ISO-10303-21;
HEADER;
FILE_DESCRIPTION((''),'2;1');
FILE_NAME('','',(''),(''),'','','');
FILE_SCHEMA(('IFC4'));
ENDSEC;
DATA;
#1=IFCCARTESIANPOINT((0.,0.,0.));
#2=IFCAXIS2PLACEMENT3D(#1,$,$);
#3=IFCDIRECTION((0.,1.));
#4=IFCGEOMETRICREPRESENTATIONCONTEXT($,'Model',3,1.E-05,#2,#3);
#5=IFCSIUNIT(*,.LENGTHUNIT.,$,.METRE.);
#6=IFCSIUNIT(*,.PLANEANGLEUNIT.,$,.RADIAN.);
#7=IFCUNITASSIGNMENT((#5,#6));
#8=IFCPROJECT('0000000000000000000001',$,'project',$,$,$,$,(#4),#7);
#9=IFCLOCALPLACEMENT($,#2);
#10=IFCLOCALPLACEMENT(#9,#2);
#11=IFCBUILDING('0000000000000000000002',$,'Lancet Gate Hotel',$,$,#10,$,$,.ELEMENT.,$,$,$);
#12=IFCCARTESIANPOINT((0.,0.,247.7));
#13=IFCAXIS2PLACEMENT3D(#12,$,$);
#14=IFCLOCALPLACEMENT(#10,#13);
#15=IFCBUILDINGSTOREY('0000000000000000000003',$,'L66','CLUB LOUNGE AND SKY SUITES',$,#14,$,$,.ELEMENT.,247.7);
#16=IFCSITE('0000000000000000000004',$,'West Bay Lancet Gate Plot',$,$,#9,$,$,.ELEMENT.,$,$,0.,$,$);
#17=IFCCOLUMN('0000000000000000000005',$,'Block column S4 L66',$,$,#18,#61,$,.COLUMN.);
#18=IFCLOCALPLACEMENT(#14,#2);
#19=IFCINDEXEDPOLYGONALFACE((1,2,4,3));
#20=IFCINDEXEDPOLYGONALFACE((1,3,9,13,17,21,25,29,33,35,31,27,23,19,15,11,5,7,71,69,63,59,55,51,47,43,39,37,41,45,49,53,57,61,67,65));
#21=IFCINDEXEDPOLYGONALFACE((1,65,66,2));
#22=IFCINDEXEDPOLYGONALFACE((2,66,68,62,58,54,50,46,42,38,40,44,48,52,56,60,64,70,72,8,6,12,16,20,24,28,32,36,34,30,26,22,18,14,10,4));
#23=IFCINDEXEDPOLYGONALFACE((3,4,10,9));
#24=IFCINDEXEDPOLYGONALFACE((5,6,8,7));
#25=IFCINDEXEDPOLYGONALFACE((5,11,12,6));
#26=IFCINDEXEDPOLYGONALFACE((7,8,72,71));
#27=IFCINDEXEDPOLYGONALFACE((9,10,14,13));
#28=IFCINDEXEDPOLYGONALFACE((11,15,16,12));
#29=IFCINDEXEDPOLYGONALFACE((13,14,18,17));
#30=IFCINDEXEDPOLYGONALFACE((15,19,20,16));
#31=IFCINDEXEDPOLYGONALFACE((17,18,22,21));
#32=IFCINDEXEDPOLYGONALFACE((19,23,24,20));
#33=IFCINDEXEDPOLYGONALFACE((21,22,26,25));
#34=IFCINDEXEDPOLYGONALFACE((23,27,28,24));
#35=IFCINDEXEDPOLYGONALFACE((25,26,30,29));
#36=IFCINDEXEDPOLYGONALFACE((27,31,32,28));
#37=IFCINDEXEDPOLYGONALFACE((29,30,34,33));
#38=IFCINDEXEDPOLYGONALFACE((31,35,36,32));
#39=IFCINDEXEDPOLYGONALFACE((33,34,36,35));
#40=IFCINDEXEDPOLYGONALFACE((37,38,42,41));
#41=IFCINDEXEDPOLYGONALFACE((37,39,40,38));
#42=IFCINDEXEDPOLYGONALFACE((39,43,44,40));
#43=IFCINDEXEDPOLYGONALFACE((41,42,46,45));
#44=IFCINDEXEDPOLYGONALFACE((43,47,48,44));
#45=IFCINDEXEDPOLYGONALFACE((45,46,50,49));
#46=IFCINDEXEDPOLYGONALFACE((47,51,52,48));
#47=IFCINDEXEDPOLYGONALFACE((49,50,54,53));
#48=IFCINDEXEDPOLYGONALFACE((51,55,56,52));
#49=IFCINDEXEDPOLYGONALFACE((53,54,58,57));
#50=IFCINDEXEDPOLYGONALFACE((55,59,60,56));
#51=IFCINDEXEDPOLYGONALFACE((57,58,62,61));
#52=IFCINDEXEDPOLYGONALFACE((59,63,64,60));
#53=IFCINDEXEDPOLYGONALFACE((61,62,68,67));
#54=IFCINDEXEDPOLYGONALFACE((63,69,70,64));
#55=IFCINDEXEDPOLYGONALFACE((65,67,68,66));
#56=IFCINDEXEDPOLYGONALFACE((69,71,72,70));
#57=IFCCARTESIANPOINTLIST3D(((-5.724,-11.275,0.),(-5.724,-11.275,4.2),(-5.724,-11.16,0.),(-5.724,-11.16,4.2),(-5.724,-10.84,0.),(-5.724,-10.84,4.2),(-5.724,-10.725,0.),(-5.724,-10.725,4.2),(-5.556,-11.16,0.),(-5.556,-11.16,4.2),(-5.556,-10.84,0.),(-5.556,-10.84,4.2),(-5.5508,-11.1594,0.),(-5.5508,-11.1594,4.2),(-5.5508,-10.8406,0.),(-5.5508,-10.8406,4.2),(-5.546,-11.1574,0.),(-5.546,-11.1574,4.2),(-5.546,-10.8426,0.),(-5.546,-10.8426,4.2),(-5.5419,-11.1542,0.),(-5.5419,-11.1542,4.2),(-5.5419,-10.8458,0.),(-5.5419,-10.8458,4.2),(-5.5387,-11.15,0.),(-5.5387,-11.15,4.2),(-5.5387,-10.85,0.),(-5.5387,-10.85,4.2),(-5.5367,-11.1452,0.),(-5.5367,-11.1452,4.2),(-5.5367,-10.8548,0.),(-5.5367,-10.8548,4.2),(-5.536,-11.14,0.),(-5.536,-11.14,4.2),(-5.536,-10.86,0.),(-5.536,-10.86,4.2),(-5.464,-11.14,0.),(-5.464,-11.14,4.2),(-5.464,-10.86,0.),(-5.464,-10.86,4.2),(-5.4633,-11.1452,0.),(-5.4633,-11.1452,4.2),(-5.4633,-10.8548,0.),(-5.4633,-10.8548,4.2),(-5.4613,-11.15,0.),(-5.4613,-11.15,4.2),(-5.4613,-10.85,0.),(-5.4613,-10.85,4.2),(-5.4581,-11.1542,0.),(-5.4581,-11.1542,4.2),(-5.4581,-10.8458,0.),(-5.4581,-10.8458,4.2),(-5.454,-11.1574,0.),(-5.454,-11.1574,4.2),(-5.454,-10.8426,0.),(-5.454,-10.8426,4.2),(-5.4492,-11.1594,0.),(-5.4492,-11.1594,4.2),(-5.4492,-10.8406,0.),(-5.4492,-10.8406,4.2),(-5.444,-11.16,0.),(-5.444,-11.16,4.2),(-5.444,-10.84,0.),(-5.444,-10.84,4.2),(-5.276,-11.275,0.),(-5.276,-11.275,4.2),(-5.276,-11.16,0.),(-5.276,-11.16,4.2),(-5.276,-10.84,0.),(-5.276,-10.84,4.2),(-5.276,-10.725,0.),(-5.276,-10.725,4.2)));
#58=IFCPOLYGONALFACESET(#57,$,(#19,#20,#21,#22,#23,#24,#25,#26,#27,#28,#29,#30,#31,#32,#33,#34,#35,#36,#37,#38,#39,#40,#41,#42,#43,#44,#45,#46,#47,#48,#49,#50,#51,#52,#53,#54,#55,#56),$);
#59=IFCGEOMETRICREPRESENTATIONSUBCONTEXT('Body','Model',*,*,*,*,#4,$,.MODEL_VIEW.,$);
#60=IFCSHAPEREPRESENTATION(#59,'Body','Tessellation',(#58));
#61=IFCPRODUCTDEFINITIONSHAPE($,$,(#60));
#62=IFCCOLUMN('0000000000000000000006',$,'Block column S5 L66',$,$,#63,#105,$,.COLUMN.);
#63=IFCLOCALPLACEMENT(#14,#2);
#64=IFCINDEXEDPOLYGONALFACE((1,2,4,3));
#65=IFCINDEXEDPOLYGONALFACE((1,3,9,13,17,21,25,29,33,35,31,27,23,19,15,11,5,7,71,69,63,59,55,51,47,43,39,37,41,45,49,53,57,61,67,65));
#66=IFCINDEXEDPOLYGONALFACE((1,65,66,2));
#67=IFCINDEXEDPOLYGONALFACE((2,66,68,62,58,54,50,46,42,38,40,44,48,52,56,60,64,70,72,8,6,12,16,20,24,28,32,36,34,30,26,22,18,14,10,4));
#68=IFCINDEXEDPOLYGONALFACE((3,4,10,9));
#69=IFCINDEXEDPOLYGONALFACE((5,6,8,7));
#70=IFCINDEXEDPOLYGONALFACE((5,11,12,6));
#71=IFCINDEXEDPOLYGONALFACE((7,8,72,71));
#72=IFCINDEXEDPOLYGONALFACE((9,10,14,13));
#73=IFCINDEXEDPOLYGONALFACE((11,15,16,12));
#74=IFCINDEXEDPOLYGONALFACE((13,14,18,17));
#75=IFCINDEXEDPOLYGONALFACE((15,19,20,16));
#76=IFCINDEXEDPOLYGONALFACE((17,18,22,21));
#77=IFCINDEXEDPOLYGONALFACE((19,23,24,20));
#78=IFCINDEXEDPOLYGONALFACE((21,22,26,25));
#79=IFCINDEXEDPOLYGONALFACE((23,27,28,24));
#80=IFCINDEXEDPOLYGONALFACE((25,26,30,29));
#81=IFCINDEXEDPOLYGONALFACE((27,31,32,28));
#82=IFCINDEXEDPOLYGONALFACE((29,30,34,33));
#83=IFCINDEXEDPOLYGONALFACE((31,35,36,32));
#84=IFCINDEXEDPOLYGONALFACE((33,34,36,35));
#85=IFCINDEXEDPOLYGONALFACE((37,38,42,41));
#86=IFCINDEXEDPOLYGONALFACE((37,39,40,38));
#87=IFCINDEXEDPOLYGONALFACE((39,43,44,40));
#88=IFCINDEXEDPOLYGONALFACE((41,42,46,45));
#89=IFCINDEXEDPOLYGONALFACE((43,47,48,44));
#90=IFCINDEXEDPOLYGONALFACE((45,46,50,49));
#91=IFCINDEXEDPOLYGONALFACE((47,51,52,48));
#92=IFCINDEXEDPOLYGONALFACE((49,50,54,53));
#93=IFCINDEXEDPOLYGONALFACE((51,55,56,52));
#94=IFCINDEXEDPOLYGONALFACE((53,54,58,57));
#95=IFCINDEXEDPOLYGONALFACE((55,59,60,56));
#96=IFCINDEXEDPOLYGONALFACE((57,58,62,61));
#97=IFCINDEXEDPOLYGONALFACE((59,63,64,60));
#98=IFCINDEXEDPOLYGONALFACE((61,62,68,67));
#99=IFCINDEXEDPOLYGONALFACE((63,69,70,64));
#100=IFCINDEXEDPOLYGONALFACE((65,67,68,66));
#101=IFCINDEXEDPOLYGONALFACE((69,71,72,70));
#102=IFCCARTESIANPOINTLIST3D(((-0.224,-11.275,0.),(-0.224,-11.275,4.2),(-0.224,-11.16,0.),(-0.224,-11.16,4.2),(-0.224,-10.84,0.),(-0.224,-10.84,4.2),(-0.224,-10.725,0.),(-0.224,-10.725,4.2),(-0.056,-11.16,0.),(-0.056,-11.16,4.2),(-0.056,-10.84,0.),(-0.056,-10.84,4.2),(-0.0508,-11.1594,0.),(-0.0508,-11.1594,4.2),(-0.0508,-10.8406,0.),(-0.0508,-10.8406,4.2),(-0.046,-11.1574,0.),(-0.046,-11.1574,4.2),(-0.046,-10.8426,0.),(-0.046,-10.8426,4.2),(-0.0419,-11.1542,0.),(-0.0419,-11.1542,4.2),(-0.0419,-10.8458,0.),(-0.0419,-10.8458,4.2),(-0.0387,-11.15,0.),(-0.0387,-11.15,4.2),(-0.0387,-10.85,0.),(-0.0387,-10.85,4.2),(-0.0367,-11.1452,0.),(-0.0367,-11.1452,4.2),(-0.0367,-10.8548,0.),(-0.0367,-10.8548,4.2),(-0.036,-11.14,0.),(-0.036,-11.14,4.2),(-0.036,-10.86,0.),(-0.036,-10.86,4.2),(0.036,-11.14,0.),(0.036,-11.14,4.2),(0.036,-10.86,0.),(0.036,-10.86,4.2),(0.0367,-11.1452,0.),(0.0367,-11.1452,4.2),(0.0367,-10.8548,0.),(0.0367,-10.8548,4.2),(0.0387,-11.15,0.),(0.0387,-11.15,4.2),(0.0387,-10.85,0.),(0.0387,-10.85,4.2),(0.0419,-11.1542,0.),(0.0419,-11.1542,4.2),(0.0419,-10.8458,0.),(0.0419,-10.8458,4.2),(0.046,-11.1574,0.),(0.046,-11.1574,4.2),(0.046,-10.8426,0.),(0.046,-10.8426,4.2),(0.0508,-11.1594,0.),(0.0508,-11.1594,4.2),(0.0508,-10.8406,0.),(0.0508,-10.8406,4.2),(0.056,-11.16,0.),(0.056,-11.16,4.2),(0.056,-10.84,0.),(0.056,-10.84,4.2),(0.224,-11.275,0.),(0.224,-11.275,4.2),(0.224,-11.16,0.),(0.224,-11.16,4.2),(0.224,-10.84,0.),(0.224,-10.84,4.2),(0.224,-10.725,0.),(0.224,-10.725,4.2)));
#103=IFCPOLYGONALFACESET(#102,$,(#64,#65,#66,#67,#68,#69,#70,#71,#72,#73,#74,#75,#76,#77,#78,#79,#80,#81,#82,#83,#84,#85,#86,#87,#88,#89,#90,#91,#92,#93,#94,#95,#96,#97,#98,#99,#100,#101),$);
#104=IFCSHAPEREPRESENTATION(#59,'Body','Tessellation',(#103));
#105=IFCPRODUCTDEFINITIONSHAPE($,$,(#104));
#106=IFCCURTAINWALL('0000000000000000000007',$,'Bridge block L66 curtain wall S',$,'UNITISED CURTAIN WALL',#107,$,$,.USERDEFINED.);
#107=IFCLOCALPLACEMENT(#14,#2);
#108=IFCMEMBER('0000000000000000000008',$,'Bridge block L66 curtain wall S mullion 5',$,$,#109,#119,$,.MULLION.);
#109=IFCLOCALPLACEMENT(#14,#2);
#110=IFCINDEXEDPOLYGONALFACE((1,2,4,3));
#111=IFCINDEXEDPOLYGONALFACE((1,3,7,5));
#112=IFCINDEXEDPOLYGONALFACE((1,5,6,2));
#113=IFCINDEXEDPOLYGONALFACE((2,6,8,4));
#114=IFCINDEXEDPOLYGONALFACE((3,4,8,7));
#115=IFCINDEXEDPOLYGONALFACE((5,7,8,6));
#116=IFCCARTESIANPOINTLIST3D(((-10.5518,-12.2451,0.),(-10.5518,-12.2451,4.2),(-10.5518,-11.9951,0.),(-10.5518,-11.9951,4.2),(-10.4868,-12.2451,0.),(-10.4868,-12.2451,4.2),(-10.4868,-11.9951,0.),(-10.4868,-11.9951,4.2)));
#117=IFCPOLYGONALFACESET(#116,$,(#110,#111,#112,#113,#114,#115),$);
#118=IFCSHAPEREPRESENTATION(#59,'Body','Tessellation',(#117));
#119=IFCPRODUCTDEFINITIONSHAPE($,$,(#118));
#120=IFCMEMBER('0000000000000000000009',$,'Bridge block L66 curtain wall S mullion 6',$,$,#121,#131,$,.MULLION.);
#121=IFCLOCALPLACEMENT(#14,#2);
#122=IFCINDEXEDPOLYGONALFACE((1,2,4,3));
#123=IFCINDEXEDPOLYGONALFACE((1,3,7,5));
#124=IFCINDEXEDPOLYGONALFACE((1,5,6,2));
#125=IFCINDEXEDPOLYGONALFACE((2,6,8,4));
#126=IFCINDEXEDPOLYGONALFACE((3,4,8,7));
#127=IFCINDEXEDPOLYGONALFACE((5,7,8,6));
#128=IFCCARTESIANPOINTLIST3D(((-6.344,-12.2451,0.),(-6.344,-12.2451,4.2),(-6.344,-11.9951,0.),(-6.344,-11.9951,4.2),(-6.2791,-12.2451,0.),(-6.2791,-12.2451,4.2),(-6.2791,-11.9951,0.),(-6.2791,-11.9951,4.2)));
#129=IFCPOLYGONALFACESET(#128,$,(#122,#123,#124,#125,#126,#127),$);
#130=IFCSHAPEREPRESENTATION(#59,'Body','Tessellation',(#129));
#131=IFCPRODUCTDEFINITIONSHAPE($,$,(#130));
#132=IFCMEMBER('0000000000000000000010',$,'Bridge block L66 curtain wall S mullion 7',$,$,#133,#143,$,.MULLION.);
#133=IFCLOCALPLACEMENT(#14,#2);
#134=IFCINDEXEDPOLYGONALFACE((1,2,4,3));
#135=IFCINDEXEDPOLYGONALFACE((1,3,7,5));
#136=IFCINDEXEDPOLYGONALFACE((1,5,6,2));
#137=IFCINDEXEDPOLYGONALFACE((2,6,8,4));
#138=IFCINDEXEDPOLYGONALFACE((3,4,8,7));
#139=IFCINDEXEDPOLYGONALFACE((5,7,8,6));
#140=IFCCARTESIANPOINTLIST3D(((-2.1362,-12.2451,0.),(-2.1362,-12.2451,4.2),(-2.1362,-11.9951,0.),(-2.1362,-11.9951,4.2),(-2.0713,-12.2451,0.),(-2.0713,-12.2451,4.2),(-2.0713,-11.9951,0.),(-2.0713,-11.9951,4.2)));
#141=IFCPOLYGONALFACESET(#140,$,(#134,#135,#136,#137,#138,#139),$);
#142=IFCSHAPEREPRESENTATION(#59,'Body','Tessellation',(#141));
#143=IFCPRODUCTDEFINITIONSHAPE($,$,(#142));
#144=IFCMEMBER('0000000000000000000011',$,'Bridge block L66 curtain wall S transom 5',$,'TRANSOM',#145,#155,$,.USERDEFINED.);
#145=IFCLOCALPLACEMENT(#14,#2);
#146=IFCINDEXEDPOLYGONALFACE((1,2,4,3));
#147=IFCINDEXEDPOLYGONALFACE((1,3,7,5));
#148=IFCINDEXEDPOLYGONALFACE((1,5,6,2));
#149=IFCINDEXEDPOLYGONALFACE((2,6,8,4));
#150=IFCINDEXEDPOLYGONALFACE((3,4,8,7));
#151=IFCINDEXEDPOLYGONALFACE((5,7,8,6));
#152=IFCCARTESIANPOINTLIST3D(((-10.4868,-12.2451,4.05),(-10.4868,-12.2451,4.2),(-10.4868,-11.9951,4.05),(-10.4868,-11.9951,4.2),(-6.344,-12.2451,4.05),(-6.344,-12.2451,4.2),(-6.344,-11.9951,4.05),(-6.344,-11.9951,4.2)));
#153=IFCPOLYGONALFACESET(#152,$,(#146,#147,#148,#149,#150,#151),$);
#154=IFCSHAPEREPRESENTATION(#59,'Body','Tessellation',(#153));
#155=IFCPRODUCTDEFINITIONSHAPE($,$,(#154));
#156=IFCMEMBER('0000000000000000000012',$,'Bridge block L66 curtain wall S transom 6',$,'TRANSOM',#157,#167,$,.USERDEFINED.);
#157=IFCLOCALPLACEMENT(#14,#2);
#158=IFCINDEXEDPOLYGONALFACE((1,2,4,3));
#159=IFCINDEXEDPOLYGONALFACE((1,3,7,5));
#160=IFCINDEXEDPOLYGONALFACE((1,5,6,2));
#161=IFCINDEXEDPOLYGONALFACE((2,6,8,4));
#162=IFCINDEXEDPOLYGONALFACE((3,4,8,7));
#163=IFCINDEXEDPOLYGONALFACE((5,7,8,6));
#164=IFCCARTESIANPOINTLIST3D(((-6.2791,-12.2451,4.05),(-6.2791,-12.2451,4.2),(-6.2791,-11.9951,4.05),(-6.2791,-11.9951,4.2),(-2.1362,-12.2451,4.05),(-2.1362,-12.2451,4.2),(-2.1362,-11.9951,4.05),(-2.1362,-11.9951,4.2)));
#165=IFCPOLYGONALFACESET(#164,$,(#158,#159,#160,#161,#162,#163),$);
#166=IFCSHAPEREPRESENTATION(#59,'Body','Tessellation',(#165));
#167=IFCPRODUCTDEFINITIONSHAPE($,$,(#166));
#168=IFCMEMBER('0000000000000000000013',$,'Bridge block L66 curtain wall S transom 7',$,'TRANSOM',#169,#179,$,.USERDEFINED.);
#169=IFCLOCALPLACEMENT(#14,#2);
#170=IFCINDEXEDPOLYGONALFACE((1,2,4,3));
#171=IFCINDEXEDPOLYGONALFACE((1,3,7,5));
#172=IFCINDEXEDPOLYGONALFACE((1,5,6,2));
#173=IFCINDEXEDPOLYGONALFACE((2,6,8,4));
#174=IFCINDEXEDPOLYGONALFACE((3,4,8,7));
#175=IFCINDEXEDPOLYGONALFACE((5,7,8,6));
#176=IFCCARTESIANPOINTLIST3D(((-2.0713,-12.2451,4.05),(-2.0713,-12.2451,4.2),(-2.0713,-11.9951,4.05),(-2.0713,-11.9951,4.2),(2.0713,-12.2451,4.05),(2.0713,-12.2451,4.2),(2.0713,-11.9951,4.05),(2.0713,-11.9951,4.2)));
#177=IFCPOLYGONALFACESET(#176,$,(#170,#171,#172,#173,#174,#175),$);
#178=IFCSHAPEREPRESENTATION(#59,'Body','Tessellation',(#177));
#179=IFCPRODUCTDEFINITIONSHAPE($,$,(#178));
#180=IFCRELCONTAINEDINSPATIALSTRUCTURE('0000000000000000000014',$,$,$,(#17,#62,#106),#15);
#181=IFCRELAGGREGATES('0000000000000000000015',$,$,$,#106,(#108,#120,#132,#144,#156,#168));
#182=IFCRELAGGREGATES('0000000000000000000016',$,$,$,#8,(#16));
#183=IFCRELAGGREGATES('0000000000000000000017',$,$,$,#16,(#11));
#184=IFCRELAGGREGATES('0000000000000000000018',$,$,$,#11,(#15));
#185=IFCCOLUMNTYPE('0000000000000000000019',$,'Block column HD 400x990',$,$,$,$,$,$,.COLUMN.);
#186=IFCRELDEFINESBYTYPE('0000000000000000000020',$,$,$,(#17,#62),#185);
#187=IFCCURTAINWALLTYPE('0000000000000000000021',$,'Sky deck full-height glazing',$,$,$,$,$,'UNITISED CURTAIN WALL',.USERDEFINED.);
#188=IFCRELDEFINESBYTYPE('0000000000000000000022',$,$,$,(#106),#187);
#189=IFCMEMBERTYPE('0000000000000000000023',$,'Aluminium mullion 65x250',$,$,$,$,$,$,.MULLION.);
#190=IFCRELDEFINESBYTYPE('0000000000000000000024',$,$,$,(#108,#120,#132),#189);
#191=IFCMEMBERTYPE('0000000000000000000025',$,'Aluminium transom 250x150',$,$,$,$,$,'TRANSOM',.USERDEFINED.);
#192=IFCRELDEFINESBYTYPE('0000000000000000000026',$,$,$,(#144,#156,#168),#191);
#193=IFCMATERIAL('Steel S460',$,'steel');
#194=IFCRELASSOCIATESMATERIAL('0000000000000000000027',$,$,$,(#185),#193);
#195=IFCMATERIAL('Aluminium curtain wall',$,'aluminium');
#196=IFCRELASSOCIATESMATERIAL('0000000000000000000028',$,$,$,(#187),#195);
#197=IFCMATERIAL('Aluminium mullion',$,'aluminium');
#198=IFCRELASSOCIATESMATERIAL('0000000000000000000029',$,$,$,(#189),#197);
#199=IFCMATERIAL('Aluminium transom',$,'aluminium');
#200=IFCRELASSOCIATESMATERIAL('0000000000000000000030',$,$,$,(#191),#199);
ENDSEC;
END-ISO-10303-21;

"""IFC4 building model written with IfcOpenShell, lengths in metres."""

from ifc_helpers import new_model, si_unit, direction, frame, origin, origin_2d, place, context, subcontext, project, spatial, rectangle, i_section, extrude, material, material_profile, profile_set, type_object, element, aggregate, save


model = new_model("IFC4")

# Units and contexts
model_context = context("Model", 3, precision=1e-05, world=origin(), true_north=direction((0.0, 1.0)))
body_context = subcontext(model_context, "Body", "Model", "MODEL_VIEW")
ifc_project = project(units=[si_unit("LENGTHUNIT", "METRE"), si_unit("PLANEANGLEUNIT", "RADIAN")], contexts=[model_context])

# Site, building, storey
site_placement = place(None, origin())
site = spatial("IfcSite", under=ifc_project, at=site_placement, Name="West Bay Lancet Gate Plot", CompositionType="ELEMENT", RefElevation=0.0)
building_placement = place(site_placement, origin())
building = spatial("IfcBuilding", under=site, at=building_placement, Name="Lancet Gate Hotel", CompositionType="ELEMENT")
storey_placement = place(building_placement, frame((0.0, 0.0, 247.7)))
storey = spatial("IfcBuildingStorey", under=building, at=storey_placement, Name="L66", Description="CLUB LOUNGE AND SKY SUITES", CompositionType="ELEMENT", Elevation=247.7)

# Columns
ifc_material_1 = material(Name="Steel S460", Category="steel")
ifc_material_profile_1 = material_profile(ifc_material_1, i_section(OverallWidth=0.448, OverallDepth=0.55, WebThickness=0.072, FlangeThickness=0.115, FilletRadius=0.02, at=origin_2d()), Name="HD 400x990")
ifc_profile_set_1 = profile_set([ifc_material_profile_1], Name="Steel S460")
column_type = type_object("IfcColumnType", Name="Block column HD 400x990", PredefinedType="COLUMN", material=ifc_profile_set_1)
for number, where, z_axis, x_axis, name in (
    (1, (-5.5, -11.0, 0.0), (0.0, 0.0, 1.0), (1.0, 0.0, 0.0), "Block column S4 L66"),
    (2, (0.0, -11.0, 0.0), (0.0, 0.0, 1.0), (1.0, 0.0, 0.0), "Block column S5 L66"),
):
    element("IfcColumn", number, at=place(storey_placement, frame(where, z_axis=z_axis, x_axis=x_axis)), inside=storey, type_object=column_type, Name=name, PredefinedType="COLUMN", context=body_context, shape_type="SweptSolid", body=[
        extrude(i_section(OverallWidth=0.448, OverallDepth=0.55, WebThickness=0.072, FlangeThickness=0.115, FilletRadius=0.02, at=origin_2d()), origin(), (0.0, 0.0, 1.0), 4.2),
    ])

# Curtain wall, members
ifc_material_2 = material(Name="Aluminium curtain wall", Category="aluminium")
curtain_wall_type = type_object("IfcCurtainWallType", Name="Sky deck full-height glazing", ElementType="UNITISED CURTAIN WALL", PredefinedType="USERDEFINED", material=ifc_material_2)
curtain_wall_placement = place(storey_placement, origin())
curtain_wall = element("IfcCurtainWall", 3, at=curtain_wall_placement, inside=storey, type_object=curtain_wall_type, Name="Bridge block L66 curtain wall S", ObjectType="UNITISED CURTAIN WALL", PredefinedType="USERDEFINED")
ifc_material_3 = material(Name="Aluminium mullion", Category="aluminium")
ifc_material_profile_2 = material_profile(ifc_material_3, rectangle(XDim=0.0649, YDim=0.25, at=origin_2d()), Name="MULLION 65x250")
ifc_profile_set_2 = profile_set([ifc_material_profile_2], Name="Aluminium mullion")
member_type_1 = type_object("IfcMemberType", Name="Aluminium mullion 65x250", PredefinedType="MULLION", material=ifc_profile_set_2)
member_1_placement = place(storey_placement, frame((-10.5193, -12.1201, 0.0), z_axis=(0.0, 0.0, 1.0), x_axis=(1.0, 0.0, 0.0)))
member_1 = element("IfcMember", 4, at=member_1_placement, type_object=member_type_1, Name="Bridge block L66 curtain wall S mullion 5", PredefinedType="MULLION", context=body_context, shape_type="SweptSolid", body=[
    extrude(rectangle(XDim=0.0649, YDim=0.25, at=origin_2d()), origin(), (0.0, 0.0, 1.0), 4.2),
])
member_2_placement = place(storey_placement, frame((-6.3115, -12.1201, 0.0), z_axis=(0.0, 0.0, 1.0), x_axis=(1.0, 0.0, 0.0)))
member_2 = element("IfcMember", 5, at=member_2_placement, type_object=member_type_1, Name="Bridge block L66 curtain wall S mullion 6", PredefinedType="MULLION", context=body_context, shape_type="SweptSolid", body=[
    extrude(rectangle(XDim=0.0649, YDim=0.25, at=origin_2d()), origin(), (0.0, 0.0, 1.0), 4.2),
])
member_3_placement = place(storey_placement, frame((-2.1038, -12.1201, 0.0), z_axis=(0.0, 0.0, 1.0), x_axis=(1.0, 0.0, 0.0)))
member_3 = element("IfcMember", 6, at=member_3_placement, type_object=member_type_1, Name="Bridge block L66 curtain wall S mullion 7", PredefinedType="MULLION", context=body_context, shape_type="SweptSolid", body=[
    extrude(rectangle(XDim=0.0649, YDim=0.25, at=origin_2d()), origin(), (0.0, 0.0, 1.0), 4.2),
])
ifc_material_4 = material(Name="Aluminium transom", Category="aluminium")
ifc_material_profile_3 = material_profile(ifc_material_4, rectangle(XDim=0.25, YDim=0.1499, at=origin_2d()), Name="TRANSOM 250x150")
ifc_profile_set_3 = profile_set([ifc_material_profile_3], Name="Aluminium transom")
member_type_2 = type_object("IfcMemberType", Name="Aluminium transom 250x150", ElementType="TRANSOM", PredefinedType="USERDEFINED", material=ifc_profile_set_3)
member_4_placement = place(storey_placement, frame((-10.4868, -12.1201, 4.125), z_axis=(1.0, 0.0, 0.0), x_axis=(0.0, 1.0, 0.0)))
member_4 = element("IfcMember", 7, at=member_4_placement, type_object=member_type_2, Name="Bridge block L66 curtain wall S transom 5", ObjectType="TRANSOM", PredefinedType="USERDEFINED", context=body_context, shape_type="SweptSolid", body=[
    extrude(rectangle(XDim=0.25, YDim=0.1499, at=origin_2d()), origin(), (0.0, 0.0, 1.0), 4.1428),
])
member_5_placement = place(storey_placement, frame((-6.2791, -12.1201, 4.125), z_axis=(1.0, 0.0, 0.0), x_axis=(0.0, 1.0, 0.0)))
member_5 = element("IfcMember", 8, at=member_5_placement, type_object=member_type_2, Name="Bridge block L66 curtain wall S transom 6", ObjectType="TRANSOM", PredefinedType="USERDEFINED", context=body_context, shape_type="SweptSolid", body=[
    extrude(rectangle(XDim=0.25, YDim=0.1499, at=origin_2d()), origin(), (0.0, 0.0, 1.0), 4.1428),
])
member_6_placement = place(storey_placement, frame((-2.0713, -12.1201, 4.125), z_axis=(1.0, 0.0, 0.0), x_axis=(0.0, 1.0, 0.0)))
member_6 = element("IfcMember", 9, at=member_6_placement, type_object=member_type_2, Name="Bridge block L66 curtain wall S transom 7", ObjectType="TRANSOM", PredefinedType="USERDEFINED", context=body_context, shape_type="SweptSolid", body=[
    extrude(rectangle(XDim=0.25, YDim=0.1499, at=origin_2d()), origin(), (0.0, 0.0, 1.0), 4.1426),
])

aggregate(curtain_wall, [member_1, member_2, member_3, member_4, member_5, member_6])

save(model, "model.ifc")
